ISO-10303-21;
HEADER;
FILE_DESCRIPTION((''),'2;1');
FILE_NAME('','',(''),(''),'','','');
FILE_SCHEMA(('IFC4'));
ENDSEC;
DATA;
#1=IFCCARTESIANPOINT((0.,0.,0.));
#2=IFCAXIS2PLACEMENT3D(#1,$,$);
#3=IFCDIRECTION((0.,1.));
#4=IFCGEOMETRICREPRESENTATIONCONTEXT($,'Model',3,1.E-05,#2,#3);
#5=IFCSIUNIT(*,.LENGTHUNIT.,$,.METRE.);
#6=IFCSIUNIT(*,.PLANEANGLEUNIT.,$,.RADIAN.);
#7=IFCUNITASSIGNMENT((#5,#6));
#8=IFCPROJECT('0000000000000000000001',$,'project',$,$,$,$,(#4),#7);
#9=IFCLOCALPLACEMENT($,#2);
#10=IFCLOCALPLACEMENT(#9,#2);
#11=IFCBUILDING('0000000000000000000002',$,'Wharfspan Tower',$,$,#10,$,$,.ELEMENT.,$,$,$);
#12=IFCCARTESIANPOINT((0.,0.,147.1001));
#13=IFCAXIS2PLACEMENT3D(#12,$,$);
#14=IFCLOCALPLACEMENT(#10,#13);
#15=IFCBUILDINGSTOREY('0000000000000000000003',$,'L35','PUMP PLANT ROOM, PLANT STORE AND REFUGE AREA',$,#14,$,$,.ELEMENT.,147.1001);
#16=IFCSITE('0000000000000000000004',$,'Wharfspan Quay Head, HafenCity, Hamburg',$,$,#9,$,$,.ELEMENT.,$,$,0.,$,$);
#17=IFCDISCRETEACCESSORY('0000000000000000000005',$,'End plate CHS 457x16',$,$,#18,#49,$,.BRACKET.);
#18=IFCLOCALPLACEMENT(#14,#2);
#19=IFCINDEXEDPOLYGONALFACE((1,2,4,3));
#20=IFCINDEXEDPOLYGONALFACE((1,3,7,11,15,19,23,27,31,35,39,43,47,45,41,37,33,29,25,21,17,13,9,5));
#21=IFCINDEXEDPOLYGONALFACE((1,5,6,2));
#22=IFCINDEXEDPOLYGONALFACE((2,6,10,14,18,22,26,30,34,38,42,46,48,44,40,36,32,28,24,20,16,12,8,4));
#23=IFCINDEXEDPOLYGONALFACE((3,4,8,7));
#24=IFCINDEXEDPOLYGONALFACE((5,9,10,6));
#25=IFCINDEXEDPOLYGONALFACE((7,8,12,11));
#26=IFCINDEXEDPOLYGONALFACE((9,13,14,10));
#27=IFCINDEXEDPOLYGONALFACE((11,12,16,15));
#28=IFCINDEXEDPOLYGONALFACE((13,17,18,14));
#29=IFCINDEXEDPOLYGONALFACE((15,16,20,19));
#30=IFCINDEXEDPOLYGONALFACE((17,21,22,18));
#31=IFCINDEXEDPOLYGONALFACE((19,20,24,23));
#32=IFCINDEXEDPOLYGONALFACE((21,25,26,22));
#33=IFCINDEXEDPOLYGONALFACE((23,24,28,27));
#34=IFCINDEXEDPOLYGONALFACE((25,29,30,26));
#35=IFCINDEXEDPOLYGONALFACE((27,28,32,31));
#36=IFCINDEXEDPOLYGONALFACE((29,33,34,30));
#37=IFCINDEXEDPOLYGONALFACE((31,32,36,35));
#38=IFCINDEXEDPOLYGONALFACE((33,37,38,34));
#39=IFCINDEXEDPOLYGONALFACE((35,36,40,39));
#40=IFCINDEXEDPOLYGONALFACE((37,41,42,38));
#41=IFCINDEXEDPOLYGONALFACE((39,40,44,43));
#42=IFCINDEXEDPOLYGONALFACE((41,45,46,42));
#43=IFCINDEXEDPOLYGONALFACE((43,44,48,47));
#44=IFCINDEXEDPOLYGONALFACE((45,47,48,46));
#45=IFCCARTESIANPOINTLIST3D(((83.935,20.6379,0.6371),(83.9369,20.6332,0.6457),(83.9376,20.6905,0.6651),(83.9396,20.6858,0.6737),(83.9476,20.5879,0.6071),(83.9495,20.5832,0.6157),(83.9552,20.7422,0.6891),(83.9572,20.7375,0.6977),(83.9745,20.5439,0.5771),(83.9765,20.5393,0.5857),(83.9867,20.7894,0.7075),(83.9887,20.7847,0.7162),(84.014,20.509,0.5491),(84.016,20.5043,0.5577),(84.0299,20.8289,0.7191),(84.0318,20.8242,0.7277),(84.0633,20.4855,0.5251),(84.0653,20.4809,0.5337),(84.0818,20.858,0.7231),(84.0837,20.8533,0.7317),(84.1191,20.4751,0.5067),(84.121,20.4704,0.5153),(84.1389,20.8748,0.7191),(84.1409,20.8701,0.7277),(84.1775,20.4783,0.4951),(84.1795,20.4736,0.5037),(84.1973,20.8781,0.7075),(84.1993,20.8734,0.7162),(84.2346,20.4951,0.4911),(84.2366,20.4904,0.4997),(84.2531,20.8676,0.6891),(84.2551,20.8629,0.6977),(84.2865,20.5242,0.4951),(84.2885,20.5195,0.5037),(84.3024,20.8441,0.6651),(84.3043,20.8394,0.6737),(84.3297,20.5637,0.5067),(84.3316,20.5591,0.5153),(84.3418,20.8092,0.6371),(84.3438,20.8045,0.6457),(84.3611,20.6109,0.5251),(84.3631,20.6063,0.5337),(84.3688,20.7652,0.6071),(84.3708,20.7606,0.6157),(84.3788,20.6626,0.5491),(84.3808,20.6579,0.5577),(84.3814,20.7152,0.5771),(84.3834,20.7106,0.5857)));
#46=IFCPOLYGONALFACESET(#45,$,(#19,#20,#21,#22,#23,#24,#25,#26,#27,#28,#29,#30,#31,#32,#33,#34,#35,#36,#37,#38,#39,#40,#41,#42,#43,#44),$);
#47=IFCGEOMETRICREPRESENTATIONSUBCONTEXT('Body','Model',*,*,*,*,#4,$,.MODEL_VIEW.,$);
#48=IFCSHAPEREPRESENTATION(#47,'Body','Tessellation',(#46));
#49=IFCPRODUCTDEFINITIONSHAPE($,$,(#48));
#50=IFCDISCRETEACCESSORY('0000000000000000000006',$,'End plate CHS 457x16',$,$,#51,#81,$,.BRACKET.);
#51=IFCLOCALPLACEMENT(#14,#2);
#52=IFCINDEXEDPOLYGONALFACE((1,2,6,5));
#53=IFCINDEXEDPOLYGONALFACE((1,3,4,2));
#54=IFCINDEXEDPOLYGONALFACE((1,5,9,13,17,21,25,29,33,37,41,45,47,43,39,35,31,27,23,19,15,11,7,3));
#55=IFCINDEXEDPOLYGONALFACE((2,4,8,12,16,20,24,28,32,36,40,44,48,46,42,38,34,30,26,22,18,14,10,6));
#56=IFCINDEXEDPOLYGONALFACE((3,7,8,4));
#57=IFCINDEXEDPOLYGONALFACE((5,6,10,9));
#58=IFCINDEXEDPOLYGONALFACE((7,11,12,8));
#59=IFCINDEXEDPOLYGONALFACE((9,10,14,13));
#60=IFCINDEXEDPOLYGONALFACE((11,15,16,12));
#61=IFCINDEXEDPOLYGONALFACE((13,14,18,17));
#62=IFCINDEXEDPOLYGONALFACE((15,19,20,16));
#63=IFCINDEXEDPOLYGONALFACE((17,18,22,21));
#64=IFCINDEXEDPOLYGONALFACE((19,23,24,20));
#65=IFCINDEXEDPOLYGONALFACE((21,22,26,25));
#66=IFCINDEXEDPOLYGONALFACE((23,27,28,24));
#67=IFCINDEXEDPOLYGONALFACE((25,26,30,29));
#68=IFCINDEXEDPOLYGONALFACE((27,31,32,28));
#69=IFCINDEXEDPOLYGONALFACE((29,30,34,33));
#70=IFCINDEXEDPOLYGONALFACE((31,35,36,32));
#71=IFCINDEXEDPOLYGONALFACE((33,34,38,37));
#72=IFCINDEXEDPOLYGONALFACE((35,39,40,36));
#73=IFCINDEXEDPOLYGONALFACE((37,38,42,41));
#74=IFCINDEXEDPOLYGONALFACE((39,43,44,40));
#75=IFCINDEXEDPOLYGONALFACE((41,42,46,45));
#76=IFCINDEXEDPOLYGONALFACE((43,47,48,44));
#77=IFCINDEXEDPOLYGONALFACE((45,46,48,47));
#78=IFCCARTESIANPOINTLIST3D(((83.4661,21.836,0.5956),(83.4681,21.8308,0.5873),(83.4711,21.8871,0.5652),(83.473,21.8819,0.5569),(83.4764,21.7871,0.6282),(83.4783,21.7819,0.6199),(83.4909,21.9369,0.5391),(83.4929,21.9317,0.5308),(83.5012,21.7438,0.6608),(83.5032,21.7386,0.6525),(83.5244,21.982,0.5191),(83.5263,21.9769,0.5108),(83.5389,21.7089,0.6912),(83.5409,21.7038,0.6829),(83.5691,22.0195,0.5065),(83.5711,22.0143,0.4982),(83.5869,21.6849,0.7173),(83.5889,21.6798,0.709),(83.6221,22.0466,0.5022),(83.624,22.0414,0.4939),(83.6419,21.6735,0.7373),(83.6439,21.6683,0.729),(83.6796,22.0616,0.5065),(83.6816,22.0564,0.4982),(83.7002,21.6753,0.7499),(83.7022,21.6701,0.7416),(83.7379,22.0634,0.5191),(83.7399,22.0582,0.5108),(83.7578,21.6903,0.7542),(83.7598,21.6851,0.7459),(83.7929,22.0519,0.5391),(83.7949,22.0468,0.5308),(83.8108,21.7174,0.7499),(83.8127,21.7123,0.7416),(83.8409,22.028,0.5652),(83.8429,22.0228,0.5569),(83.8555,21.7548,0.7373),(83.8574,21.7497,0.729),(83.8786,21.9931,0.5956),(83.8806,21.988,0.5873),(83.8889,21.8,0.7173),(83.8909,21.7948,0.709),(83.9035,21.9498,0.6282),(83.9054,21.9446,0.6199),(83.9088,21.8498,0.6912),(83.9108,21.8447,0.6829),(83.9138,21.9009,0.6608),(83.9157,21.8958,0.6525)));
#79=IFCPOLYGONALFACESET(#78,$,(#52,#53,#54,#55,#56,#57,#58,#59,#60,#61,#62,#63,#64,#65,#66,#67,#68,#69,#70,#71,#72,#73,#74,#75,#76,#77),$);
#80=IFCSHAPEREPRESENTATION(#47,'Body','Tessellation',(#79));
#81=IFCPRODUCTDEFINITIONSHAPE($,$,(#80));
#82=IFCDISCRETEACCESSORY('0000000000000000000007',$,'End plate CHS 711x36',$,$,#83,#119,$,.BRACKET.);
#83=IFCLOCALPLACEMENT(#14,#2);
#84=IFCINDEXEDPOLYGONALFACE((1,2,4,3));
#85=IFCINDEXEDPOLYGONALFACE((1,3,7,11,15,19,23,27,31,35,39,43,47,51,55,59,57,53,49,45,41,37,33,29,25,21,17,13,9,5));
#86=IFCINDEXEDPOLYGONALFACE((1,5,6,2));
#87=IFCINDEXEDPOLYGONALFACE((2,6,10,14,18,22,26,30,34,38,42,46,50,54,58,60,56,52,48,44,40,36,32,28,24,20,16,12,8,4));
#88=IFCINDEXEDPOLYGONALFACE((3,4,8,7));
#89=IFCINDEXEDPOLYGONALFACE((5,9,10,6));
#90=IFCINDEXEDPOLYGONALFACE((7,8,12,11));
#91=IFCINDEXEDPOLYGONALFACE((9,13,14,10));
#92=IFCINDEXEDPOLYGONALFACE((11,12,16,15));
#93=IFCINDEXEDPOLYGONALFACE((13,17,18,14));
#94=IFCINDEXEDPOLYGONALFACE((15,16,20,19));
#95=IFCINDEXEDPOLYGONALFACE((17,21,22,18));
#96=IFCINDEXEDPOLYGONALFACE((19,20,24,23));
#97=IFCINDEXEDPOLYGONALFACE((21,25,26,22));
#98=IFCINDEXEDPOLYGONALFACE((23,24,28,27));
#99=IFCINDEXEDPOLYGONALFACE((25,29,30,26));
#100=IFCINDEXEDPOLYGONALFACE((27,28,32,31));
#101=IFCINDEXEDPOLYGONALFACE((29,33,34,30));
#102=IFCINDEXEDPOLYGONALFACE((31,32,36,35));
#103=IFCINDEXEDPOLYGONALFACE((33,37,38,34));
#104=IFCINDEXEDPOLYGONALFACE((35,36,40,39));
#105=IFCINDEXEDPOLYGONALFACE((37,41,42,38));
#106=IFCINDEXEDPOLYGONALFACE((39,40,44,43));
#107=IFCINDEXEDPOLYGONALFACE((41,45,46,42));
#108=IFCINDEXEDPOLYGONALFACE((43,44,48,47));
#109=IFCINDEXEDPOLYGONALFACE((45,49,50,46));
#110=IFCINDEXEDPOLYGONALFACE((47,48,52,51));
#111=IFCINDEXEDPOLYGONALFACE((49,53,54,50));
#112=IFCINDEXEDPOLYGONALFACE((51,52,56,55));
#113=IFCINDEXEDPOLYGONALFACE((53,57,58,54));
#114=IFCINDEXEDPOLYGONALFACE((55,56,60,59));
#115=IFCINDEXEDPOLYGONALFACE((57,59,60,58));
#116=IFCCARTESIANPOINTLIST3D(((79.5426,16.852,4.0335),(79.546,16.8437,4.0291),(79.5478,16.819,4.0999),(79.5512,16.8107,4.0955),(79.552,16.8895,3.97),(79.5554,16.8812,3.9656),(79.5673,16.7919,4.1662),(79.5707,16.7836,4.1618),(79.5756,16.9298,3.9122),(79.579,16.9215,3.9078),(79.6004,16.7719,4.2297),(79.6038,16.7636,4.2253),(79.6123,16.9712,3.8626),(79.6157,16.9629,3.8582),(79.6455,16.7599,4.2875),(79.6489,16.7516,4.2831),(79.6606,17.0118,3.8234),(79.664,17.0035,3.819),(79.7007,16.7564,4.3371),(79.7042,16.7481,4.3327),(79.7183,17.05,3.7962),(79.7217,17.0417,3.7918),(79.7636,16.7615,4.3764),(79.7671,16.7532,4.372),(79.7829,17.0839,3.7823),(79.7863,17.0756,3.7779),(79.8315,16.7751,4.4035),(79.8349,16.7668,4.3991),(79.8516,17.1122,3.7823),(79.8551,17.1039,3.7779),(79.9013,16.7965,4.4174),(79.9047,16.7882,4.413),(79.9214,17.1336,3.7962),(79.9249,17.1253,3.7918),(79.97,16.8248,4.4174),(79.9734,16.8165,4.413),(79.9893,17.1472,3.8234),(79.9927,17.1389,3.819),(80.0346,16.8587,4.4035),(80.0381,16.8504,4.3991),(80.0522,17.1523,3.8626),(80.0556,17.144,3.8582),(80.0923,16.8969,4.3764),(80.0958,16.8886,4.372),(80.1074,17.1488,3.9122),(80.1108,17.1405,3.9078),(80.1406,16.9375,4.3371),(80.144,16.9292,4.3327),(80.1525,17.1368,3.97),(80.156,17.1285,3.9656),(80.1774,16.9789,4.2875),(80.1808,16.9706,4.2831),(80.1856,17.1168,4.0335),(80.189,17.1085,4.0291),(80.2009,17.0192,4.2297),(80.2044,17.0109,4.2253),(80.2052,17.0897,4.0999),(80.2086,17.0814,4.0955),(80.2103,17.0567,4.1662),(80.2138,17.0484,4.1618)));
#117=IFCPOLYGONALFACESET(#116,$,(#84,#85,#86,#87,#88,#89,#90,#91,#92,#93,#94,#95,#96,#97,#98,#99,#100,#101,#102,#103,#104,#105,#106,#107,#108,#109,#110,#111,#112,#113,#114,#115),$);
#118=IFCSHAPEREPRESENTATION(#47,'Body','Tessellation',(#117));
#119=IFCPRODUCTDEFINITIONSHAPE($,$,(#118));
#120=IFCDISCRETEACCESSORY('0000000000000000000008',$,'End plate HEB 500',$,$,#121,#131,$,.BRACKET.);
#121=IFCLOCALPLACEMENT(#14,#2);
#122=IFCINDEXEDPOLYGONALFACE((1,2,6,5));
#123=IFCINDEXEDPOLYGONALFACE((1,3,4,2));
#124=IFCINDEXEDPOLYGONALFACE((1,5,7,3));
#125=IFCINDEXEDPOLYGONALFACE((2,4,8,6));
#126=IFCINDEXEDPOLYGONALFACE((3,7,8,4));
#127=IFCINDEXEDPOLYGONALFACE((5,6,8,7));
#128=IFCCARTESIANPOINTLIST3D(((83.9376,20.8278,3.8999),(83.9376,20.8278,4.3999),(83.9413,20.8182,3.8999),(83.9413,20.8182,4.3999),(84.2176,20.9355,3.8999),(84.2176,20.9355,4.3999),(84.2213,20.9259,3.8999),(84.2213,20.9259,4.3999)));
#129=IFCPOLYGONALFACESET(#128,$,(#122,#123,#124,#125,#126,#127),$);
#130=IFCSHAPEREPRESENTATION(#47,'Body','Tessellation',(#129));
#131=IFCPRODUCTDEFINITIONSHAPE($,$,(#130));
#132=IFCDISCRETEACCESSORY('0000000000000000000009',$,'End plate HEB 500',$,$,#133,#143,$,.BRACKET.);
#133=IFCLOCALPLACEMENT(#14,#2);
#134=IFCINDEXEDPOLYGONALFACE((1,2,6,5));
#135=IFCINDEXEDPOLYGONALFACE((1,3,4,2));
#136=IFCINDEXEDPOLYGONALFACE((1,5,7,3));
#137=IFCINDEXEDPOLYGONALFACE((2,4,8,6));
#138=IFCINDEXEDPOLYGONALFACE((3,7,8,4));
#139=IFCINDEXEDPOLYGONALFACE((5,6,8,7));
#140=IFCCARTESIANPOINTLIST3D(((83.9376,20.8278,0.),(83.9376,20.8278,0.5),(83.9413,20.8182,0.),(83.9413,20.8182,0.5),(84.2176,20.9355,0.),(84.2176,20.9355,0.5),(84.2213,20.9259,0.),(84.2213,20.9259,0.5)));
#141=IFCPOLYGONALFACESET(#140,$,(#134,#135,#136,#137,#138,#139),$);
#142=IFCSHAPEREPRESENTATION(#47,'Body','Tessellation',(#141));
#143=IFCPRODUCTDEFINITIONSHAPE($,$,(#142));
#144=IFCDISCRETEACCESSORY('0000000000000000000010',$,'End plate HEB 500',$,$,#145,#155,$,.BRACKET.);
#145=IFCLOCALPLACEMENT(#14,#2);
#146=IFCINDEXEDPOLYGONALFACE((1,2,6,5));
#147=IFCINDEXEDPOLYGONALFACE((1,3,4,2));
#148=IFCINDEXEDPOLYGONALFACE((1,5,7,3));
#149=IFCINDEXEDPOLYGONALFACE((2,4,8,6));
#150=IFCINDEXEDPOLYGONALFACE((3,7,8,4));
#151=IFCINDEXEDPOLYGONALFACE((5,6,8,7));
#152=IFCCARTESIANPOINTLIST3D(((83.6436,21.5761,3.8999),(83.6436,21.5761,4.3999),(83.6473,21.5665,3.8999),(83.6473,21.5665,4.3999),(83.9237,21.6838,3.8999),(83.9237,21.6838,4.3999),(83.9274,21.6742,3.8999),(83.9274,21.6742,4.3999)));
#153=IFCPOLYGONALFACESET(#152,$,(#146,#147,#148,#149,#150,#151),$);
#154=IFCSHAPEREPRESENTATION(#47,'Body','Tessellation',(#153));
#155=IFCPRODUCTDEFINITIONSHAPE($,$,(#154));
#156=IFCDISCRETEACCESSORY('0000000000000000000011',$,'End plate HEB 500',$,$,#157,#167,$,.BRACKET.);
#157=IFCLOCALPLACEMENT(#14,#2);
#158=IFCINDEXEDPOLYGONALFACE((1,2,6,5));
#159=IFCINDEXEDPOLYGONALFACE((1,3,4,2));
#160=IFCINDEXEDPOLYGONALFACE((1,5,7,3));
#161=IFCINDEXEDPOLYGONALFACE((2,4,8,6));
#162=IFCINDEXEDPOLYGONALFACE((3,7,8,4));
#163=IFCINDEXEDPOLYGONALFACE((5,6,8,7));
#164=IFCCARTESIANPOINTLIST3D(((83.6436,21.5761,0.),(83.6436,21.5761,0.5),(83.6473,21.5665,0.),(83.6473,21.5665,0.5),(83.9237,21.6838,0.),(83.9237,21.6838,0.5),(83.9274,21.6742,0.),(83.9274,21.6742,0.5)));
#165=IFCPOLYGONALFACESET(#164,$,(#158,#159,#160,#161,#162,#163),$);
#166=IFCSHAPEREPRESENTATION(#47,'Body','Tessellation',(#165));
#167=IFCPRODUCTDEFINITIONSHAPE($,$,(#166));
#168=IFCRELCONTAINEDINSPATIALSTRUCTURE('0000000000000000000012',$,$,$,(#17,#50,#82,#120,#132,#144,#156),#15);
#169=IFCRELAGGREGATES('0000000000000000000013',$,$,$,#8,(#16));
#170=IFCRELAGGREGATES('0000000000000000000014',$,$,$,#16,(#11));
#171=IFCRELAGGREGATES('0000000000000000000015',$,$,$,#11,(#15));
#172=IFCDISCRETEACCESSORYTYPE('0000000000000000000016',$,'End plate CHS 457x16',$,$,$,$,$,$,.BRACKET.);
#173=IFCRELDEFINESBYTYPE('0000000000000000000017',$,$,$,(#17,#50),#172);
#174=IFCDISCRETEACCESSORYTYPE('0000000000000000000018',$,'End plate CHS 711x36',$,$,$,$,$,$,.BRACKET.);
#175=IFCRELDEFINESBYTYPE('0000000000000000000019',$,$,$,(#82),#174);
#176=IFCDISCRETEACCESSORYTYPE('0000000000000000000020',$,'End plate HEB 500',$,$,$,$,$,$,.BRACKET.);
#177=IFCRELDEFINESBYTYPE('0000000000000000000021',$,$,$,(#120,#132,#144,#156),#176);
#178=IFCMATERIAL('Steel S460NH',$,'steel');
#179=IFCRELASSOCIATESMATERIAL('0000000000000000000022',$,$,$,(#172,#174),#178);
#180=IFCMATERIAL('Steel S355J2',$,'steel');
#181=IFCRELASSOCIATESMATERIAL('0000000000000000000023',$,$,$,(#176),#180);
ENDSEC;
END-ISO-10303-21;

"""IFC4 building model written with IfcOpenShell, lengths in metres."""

from ifc_helpers import new_model, si_unit, direction, frame, origin, origin_2d, place, context, subcontext, project, spatial, rectangle, circle, extrude, material, material_profile, profile_set, type_object, element, save


model = new_model("IFC4")

# Units and contexts
model_context = context("Model", 3, precision=1e-05, world=origin(), true_north=direction((0.0, 1.0)))
body_context = subcontext(model_context, "Body", "Model", "MODEL_VIEW")
ifc_project = project(units=[si_unit("LENGTHUNIT", "METRE"), si_unit("PLANEANGLEUNIT", "RADIAN")], contexts=[model_context])

# Site, building, storey
site_placement = place(None, origin())
site = spatial("IfcSite", under=ifc_project, at=site_placement, Name="Wharfspan Quay Head, HafenCity, Hamburg", CompositionType="ELEMENT", RefElevation=0.0)
building_placement = place(site_placement, origin())
building = spatial("IfcBuilding", under=site, at=building_placement, Name="Wharfspan Tower", CompositionType="ELEMENT")
storey_placement = place(building_placement, frame((0.0, 0.0, 147.1001)))
storey = spatial("IfcBuildingStorey", under=building, at=storey_placement, Name="L35", Description="PUMP PLANT ROOM, PLANT STORE AND REFUGE AREA", CompositionType="ELEMENT", Elevation=147.1001)

# Shared definitions
ifc_material_1 = material(Name="Steel S355J2", Category="steel")

# Shared definitions
ifc_material_2 = material(Name="Steel S460NH", Category="steel")

# Discrete accessories
ifc_material_profile_1 = material_profile(ifc_material_2, circle(Radius=0.2285, at=origin_2d()))
ifc_profile_set_1 = profile_set([ifc_material_profile_1], Name="Steel S460NH")
discrete_accessory_type_1 = type_object("IfcDiscreteAccessoryType", Name="End plate CHS 457x16", PredefinedType="BRACKET", material=ifc_profile_set_1)
for number, where, z_axis, x_axis, name in (
    (1, (84.1602, 20.6719, 0.6157), (-0.196946, 0.467748, -0.86164), (-0.921633, -0.388055, 0.0), "End plate CHS 457x16"),
    (2, (83.6919, 21.8633, 0.6199), (-0.196293, 0.51527, 0.834246), (-0.934491, -0.355996, 0.0), "End plate CHS 457x16"),
):
    element("IfcDiscreteAccessory", number, at=place(storey_placement, frame(where, z_axis=z_axis, x_axis=x_axis)), inside=storey, type_object=discrete_accessory_type_1, Name=name, PredefinedType="BRACKET", context=body_context, shape_type="SweptSolid", body=[
        extrude(circle(Radius=0.2285, at=origin_2d()), origin(), (0.0, 0.0, 1.0), 0.01),
    ])
ifc_material_profile_2 = material_profile(ifc_material_2, circle(Radius=0.3555, at=origin_2d()))
ifc_profile_set_2 = profile_set([ifc_material_profile_2], Name="Steel S460NH")
discrete_accessory_type_2 = type_object("IfcDiscreteAccessoryType", Name="End plate CHS 711x36", PredefinedType="BRACKET", material=ifc_profile_set_2)
discrete_accessory_1_placement = place(storey_placement, frame((79.8799, 16.946, 4.0955), z_axis=(-0.341972, 0.830504, 0.439679), x_axis=(-0.924678, -0.380749, -0.000001)))
element("IfcDiscreteAccessory", 3, at=discrete_accessory_1_placement, inside=storey, type_object=discrete_accessory_type_2, Name="End plate CHS 711x36", PredefinedType="BRACKET", context=body_context, shape_type="SweptSolid", body=[
    extrude(circle(Radius=0.3555, at=origin_2d()), origin(), (0.0, 0.0, 1.0), 0.01),
])
ifc_material_profile_3 = material_profile(ifc_material_1, rectangle(XDim=0.3, YDim=0.5, at=origin_2d()))
ifc_profile_set_3 = profile_set([ifc_material_profile_3], Name="Steel S355J2")
discrete_accessory_type_3 = type_object("IfcDiscreteAccessoryType", Name="End plate HEB 500", PredefinedType="BRACKET", material=ifc_profile_set_3)
for number, where, z_axis, x_axis, name in (
    (4, (84.0813, 20.8721, 4.1499), (-0.358979, 0.933346, 0.0), (-0.933346, -0.358979, 0.0), "End plate HEB 500"),
    (5, (84.0813, 20.8721, 0.25), (-0.358979, 0.933346, 0.0), (-0.933346, -0.358979, 0.0), "End plate HEB 500"),
    (6, (83.7874, 21.6204, 4.1499), (-0.358979, 0.933346, 0.0), (-0.933346, -0.358979, 0.0), "End plate HEB 500"),
    (7, (83.7874, 21.6204, 0.25), (-0.358979, 0.933346, 0.0), (-0.933346, -0.358979, 0.0), "End plate HEB 500"),
):
    element("IfcDiscreteAccessory", number, at=place(storey_placement, frame(where, z_axis=z_axis, x_axis=x_axis)), inside=storey, type_object=discrete_accessory_type_3, Name=name, PredefinedType="BRACKET", context=body_context, shape_type="SweptSolid", body=[
        extrude(rectangle(XDim=0.3, YDim=0.5, at=origin_2d()), origin(), (0.0, 0.0, 1.0), 0.0103),
    ])

save(model, "model.ifc")
